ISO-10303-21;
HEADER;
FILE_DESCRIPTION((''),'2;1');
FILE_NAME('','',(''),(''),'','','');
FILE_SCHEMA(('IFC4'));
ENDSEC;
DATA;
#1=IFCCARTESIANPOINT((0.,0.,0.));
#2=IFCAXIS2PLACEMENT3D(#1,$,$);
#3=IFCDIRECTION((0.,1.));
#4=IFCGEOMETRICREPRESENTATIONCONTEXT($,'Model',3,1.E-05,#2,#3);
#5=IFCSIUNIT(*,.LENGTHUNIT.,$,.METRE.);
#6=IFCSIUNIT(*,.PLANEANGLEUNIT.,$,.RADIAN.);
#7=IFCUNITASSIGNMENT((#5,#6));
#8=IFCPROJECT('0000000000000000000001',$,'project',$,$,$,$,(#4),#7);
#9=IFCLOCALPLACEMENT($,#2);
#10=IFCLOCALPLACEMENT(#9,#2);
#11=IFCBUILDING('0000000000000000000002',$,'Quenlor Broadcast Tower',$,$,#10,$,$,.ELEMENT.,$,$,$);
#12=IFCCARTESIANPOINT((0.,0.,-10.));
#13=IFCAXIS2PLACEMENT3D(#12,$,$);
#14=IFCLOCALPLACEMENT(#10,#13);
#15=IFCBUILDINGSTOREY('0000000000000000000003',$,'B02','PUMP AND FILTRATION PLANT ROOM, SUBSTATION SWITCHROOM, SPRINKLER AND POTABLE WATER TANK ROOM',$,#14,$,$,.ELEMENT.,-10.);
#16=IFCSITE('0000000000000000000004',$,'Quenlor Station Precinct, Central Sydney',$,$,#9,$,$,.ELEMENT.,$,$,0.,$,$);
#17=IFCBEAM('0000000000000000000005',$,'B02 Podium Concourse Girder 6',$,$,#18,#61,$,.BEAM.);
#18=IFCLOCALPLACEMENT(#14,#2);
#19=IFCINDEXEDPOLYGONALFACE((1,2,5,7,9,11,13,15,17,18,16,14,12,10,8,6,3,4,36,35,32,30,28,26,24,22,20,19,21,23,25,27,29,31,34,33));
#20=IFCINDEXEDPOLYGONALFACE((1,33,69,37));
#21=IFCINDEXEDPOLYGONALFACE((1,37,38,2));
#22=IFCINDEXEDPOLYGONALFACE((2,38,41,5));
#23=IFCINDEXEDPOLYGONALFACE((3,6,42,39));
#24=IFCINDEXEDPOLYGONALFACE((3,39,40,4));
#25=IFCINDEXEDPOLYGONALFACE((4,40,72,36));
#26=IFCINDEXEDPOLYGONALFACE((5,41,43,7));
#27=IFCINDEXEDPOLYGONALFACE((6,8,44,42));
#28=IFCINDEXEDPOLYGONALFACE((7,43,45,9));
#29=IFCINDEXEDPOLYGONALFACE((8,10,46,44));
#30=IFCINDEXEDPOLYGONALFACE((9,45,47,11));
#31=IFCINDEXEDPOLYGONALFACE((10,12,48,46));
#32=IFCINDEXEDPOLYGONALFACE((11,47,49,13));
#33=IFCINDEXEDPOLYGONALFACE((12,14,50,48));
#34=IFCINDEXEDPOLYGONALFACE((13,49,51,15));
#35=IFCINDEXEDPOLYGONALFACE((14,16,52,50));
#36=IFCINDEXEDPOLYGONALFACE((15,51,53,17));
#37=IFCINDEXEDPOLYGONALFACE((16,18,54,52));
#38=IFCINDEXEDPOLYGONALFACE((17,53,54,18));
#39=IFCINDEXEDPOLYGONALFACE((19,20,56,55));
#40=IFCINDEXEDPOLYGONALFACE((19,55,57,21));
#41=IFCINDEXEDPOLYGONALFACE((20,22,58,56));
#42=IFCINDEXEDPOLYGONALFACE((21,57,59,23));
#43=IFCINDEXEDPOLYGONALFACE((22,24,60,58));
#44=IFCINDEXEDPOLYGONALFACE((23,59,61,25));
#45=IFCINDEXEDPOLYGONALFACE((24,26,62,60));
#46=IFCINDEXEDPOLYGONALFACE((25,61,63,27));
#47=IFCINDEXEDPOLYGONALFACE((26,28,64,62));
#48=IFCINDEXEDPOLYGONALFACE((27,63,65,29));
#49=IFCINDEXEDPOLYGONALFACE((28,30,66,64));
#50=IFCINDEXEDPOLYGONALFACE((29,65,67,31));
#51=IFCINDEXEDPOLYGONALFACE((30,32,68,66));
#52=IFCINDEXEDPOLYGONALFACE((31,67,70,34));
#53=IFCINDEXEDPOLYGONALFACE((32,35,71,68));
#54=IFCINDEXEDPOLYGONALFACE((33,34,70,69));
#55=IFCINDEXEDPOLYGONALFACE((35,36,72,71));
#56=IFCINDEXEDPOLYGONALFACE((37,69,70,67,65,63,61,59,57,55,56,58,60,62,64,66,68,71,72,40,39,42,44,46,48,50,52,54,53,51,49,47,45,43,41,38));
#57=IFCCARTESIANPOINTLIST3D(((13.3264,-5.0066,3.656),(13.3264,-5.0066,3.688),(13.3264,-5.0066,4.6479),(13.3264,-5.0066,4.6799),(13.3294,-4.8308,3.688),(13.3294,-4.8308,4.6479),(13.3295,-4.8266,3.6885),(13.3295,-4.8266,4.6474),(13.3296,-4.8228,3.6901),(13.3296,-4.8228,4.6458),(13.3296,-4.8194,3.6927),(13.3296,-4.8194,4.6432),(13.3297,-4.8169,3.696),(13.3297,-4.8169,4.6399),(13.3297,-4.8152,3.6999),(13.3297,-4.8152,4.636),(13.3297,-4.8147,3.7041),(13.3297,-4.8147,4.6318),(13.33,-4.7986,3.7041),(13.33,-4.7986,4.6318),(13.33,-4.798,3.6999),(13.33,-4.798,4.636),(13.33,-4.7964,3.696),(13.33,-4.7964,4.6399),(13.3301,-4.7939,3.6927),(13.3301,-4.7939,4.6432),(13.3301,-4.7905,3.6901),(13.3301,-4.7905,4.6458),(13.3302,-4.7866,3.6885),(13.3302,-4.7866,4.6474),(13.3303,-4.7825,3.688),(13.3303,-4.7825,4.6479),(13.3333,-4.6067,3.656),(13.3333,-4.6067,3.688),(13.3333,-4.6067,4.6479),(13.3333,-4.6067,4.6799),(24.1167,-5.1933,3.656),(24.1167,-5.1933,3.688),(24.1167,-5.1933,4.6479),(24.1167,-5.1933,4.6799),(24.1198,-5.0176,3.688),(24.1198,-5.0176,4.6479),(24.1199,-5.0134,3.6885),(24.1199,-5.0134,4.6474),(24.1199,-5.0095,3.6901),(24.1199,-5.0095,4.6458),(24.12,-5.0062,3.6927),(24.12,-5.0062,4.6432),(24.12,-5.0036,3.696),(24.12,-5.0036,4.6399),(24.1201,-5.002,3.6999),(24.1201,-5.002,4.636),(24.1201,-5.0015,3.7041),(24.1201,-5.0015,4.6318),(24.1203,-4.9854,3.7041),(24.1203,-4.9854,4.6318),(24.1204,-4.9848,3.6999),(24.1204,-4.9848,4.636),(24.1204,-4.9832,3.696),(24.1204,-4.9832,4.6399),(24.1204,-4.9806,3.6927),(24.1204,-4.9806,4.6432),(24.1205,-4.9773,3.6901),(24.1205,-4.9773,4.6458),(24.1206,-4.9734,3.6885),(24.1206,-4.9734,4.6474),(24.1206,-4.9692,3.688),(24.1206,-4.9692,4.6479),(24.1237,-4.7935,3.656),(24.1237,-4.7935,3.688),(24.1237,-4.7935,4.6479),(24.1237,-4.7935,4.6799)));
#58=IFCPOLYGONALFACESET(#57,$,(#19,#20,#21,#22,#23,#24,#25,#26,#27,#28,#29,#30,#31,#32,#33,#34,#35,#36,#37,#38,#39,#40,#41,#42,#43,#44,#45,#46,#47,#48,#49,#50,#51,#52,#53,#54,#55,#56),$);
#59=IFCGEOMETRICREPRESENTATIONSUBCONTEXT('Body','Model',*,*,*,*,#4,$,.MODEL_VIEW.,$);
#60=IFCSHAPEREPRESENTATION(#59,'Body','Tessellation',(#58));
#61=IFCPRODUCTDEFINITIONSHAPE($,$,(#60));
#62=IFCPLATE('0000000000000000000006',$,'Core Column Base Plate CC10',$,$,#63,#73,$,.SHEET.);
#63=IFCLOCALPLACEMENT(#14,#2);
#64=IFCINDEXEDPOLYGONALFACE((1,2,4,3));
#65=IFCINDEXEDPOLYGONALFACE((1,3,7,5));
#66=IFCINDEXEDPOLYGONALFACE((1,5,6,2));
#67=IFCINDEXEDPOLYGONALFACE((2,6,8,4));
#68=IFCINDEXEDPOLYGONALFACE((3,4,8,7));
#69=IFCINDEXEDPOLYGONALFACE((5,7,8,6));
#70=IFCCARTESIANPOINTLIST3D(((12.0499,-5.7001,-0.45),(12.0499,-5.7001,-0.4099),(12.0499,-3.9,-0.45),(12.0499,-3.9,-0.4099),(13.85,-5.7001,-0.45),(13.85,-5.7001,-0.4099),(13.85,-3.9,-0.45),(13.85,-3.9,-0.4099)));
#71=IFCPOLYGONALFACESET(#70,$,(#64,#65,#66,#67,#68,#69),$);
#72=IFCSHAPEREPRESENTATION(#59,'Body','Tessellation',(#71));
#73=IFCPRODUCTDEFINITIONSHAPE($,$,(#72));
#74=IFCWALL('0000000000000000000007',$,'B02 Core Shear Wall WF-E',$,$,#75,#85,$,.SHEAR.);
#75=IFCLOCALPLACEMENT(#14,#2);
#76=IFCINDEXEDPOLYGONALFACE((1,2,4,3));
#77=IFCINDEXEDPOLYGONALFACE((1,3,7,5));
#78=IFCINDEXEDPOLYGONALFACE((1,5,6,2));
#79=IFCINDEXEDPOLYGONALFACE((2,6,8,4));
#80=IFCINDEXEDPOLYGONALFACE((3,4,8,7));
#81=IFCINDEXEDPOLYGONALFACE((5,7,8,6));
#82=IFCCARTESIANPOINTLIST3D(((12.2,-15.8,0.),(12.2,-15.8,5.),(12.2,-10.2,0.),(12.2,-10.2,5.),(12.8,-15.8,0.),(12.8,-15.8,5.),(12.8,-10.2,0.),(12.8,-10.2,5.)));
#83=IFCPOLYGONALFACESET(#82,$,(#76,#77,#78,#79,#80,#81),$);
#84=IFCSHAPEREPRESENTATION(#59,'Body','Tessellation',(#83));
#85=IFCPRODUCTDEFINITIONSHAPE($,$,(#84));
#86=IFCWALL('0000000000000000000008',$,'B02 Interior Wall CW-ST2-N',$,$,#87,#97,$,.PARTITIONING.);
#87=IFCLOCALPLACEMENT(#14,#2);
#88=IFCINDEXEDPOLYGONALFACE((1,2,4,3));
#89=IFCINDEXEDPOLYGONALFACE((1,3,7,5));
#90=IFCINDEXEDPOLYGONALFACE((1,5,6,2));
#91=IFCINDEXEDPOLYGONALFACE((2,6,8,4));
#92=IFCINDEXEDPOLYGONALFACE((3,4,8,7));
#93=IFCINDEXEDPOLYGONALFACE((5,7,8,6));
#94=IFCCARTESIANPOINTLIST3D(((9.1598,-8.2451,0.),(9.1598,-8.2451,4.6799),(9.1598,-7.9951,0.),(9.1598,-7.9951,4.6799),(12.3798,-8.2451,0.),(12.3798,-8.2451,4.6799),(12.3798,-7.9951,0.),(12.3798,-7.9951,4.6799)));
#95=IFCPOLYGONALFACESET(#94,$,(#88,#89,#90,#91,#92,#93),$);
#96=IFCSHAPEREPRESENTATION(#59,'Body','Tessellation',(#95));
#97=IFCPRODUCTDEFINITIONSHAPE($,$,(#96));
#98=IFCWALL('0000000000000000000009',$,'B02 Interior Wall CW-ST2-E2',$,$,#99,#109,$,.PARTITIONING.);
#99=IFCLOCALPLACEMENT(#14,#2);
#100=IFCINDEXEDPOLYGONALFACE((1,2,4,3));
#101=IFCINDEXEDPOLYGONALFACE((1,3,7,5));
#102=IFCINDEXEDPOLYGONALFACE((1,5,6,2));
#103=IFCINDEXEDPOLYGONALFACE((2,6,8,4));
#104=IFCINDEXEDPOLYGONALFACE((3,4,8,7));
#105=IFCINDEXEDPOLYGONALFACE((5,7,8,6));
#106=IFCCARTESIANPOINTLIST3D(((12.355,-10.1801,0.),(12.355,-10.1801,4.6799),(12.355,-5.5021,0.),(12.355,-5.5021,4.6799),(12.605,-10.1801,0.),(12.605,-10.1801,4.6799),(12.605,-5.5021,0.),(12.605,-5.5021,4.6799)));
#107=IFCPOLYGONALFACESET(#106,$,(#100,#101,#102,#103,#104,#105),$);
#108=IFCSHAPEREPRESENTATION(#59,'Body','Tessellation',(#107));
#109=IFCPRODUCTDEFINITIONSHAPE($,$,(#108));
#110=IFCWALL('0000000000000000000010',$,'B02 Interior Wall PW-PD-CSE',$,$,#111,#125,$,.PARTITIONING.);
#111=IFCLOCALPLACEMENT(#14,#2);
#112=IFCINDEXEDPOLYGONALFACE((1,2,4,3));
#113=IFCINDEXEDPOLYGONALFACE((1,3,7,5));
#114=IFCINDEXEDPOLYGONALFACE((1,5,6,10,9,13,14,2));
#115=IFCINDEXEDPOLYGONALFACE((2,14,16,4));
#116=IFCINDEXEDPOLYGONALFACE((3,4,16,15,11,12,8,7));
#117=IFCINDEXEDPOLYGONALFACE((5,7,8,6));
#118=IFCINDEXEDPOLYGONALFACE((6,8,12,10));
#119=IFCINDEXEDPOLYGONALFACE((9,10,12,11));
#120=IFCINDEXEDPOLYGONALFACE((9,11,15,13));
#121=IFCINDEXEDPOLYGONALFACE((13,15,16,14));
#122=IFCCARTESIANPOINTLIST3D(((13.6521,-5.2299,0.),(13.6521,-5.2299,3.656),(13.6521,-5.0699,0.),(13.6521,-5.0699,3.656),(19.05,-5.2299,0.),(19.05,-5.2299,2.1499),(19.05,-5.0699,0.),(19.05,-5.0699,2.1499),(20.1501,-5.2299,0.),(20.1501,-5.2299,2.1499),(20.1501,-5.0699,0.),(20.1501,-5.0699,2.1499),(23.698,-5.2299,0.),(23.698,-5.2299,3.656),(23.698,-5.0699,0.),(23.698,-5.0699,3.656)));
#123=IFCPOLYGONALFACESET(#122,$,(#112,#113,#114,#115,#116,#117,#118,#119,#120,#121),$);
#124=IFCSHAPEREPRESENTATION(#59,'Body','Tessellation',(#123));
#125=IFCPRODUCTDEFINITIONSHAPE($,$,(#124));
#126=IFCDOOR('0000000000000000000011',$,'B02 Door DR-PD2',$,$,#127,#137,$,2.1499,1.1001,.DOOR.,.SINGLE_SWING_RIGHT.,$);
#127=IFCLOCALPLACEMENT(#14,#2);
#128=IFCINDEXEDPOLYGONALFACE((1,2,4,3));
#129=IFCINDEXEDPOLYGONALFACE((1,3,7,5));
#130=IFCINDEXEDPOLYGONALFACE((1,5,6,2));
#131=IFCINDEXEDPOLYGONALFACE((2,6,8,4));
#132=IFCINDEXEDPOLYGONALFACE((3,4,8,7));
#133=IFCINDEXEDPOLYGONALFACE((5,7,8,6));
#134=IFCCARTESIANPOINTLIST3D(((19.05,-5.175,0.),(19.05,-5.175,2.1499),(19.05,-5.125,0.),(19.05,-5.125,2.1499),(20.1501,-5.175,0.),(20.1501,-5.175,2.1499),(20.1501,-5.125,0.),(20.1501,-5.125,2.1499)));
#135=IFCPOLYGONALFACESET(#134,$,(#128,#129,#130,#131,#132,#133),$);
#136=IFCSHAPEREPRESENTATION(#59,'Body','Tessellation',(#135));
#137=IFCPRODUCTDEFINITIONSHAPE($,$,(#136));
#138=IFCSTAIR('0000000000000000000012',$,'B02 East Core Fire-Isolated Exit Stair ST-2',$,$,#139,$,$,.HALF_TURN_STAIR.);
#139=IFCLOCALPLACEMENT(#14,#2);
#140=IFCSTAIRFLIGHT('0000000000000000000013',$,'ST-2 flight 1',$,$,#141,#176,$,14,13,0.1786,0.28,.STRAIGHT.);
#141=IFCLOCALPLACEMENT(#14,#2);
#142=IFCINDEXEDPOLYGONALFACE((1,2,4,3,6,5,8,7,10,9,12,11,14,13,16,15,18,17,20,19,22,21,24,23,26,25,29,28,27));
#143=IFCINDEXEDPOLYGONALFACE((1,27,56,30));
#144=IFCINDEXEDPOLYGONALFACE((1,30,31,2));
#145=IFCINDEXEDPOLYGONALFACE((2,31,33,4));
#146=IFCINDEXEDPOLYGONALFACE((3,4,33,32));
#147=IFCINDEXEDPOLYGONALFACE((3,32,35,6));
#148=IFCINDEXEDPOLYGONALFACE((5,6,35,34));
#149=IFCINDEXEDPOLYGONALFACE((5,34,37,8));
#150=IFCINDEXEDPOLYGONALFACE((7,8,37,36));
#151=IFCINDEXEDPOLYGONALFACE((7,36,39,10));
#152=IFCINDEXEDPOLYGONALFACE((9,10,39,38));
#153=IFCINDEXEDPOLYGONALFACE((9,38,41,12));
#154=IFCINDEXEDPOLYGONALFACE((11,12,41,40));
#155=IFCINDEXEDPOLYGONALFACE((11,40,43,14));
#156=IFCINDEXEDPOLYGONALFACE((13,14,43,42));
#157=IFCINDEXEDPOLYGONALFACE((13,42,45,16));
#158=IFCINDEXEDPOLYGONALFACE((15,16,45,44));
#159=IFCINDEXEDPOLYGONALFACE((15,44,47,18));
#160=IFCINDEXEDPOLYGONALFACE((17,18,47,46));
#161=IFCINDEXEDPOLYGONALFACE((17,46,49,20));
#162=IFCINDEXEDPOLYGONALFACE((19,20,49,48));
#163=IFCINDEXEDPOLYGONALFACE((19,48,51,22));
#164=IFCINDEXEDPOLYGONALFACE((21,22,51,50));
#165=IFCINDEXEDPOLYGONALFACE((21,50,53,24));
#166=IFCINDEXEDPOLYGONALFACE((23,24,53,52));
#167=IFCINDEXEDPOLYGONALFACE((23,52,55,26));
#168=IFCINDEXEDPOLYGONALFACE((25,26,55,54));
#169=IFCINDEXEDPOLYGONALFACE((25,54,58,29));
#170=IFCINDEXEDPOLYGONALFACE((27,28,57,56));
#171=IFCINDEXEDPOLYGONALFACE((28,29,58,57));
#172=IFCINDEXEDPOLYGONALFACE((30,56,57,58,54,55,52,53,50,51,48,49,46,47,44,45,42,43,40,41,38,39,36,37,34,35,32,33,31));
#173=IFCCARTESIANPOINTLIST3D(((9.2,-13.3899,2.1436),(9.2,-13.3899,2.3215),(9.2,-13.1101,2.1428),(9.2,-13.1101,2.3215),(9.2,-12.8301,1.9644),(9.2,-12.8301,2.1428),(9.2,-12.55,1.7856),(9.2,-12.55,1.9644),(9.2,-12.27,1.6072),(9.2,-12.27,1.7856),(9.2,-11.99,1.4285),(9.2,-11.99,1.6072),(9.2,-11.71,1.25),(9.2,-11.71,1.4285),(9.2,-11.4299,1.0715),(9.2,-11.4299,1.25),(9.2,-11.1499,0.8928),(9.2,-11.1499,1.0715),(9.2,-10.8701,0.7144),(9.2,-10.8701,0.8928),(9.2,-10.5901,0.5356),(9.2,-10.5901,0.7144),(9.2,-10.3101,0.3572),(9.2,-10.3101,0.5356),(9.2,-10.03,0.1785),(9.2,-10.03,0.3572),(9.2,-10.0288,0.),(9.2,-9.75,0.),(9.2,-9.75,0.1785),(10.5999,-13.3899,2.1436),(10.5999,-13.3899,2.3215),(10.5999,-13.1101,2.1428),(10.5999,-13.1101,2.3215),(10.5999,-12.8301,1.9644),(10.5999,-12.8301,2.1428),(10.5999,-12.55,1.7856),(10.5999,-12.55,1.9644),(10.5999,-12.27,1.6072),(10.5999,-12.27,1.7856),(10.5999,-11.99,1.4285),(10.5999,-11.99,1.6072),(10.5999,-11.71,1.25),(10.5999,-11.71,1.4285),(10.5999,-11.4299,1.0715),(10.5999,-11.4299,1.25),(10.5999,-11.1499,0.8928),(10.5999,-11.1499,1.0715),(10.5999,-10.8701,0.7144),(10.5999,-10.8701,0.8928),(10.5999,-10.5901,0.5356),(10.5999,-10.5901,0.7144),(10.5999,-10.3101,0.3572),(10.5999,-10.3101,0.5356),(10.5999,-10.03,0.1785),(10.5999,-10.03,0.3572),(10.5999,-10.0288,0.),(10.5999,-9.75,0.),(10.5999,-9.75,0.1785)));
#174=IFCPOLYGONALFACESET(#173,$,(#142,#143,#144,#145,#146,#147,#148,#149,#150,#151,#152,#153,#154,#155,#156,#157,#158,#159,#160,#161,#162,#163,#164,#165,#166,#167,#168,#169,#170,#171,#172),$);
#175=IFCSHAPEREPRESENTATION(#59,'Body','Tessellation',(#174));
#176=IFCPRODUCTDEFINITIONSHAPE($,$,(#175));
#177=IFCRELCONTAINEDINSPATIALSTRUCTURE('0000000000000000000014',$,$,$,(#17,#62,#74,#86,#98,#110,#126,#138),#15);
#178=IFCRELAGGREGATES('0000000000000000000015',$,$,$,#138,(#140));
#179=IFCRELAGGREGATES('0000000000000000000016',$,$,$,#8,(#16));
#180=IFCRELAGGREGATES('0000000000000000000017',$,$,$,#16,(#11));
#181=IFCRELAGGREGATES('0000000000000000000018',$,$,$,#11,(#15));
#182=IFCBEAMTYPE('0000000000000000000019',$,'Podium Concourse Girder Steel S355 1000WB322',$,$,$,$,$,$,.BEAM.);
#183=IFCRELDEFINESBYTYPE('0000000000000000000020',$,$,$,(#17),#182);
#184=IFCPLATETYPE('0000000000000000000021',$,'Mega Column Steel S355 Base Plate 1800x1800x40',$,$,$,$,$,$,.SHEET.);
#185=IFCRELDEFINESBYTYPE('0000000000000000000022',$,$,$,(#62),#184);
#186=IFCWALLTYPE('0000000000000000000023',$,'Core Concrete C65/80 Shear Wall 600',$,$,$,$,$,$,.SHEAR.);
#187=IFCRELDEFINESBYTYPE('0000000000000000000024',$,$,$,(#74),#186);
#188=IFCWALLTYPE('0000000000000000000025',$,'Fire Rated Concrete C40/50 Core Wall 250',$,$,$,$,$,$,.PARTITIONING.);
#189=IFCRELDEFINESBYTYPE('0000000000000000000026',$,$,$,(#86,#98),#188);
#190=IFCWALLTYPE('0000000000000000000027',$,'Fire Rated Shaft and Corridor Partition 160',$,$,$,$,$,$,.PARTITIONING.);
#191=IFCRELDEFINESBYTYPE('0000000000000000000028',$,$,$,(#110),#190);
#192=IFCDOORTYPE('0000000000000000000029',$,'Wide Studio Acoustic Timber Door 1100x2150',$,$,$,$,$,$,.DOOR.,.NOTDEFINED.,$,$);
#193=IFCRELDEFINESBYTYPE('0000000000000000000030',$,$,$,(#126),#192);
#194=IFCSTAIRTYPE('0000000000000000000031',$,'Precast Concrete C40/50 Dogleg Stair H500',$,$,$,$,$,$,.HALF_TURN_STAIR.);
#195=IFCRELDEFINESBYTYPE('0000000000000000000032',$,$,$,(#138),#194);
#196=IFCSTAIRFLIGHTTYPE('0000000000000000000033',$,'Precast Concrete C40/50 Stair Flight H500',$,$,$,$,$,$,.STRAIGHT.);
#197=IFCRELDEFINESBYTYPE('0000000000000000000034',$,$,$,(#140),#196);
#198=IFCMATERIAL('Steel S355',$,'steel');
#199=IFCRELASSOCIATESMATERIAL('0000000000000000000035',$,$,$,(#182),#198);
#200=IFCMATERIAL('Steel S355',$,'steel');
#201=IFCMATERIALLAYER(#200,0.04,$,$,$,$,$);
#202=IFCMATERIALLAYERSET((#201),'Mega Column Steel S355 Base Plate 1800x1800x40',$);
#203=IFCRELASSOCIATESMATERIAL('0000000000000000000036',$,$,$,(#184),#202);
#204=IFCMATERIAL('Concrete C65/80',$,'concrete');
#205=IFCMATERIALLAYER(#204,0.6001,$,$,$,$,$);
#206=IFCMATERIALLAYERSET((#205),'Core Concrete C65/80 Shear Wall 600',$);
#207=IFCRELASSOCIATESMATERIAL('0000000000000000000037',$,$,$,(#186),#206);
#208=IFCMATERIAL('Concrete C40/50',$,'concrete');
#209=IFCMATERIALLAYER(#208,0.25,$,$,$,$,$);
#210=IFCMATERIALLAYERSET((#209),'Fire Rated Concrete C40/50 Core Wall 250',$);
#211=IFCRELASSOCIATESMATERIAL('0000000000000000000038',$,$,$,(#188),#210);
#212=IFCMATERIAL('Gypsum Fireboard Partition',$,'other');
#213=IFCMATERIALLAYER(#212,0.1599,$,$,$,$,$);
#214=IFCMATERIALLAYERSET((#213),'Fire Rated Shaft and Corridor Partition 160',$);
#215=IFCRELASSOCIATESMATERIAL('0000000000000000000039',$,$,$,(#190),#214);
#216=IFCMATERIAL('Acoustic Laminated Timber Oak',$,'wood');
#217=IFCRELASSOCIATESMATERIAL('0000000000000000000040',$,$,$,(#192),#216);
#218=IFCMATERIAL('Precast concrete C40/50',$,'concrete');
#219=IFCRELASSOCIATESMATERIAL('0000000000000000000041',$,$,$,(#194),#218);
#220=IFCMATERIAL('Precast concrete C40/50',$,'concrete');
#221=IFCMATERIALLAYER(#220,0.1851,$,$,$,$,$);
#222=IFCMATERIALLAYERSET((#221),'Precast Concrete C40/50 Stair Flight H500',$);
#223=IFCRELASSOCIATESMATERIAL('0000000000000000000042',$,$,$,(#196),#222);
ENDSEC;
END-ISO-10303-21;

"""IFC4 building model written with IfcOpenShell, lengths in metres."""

from ifc_helpers import new_model, si_unit, direction, frame, frame_2d, origin, origin_2d, place, context, subcontext, project, spatial, polyline, rectangle, i_section, outline, extrude, material, layer, layer_set, material_profile, profile_set, type_object, element, fill, aggregate, save


model = new_model("IFC4")

# Units and contexts
model_context = context("Model", 3, precision=1e-05, world=origin(), true_north=direction((0.0, 1.0)))
body_context = subcontext(model_context, "Body", "Model", "MODEL_VIEW")
ifc_project = project(units=[si_unit("LENGTHUNIT", "METRE"), si_unit("PLANEANGLEUNIT", "RADIAN")], contexts=[model_context])

# Site, building, storey
site_placement = place(None, origin())
site = spatial("IfcSite", under=ifc_project, at=site_placement, Name="Quenlor Station Precinct, Central Sydney", CompositionType="ELEMENT", RefElevation=0.0)
building_placement = place(site_placement, origin())
building = spatial("IfcBuilding", under=site, at=building_placement, Name="Quenlor Broadcast Tower", CompositionType="ELEMENT")
storey_placement = place(building_placement, frame((0.0, 0.0, -10.0)))
storey = spatial("IfcBuildingStorey", under=building, at=storey_placement, Name="B02", Description="PUMP AND FILTRATION PLANT ROOM, SUBSTATION SWITCHROOM, SPRINKLER AND POTABLE WATER TANK ROOM", CompositionType="ELEMENT", Elevation=-10.0)

# Beam
ifc_material_1 = material(Name="Steel S355", Category="steel")
ifc_material_profile_1 = material_profile(ifc_material_1, i_section(OverallWidth=0.3999, OverallDepth=1.0239, WebThickness=0.0161, FlangeThickness=0.032, FilletRadius=0.0161, at=origin_2d()))
ifc_profile_set_1 = profile_set([ifc_material_profile_1], Name="Steel S355 1000WB322")
beam_type = type_object("IfcBeamType", Name="Podium Concourse Girder Steel S355 1000WB322", PredefinedType="BEAM", material=ifc_profile_set_1)
beam_1_placement = place(storey_placement, frame((13.3298, -4.8066, 4.168), z_axis=(0.99985, -0.017306, 0.0), x_axis=(0.017306, 0.99985, 0.0)))
element("IfcBeam", 1, at=beam_1_placement, inside=storey, type_object=beam_type, Name="B02 Podium Concourse Girder 6", PredefinedType="BEAM", context=body_context, shape_type="SweptSolid", body=[
    extrude(i_section(OverallWidth=0.3999, OverallDepth=1.0239, WebThickness=0.0161, FlangeThickness=0.032, FilletRadius=0.0161, at=origin_2d()), origin(), (0.0, 0.0, 1.0), 10.792),
])

# Plate
ifc_material_2 = material(Name="Steel S355", Category="steel")
ifc_layer_1 = layer(ifc_material_2, 0.04)
ifc_layer_set_1 = layer_set([ifc_layer_1], Name="Mega Column Steel S355 Base Plate 1800x1800x40")
plate_type = type_object("IfcPlateType", Name="Mega Column Steel S355 Base Plate 1800x1800x40", PredefinedType="SHEET", material=ifc_layer_set_1)
plate_placement = place(storey_placement, frame((12.95, -4.8, -0.45), z_axis=(0.0, 0.0, 1.0), x_axis=(1.0, 0.0, 0.0)))
element("IfcPlate", 2, at=plate_placement, inside=storey, type_object=plate_type, Name="Core Column Base Plate CC10", PredefinedType="SHEET", context=body_context, shape_type="SweptSolid", body=[
    extrude(rectangle(XDim=1.8, YDim=1.8, at=origin_2d()), origin(), (0.0, 0.0, 1.0), 0.04),
])

# Wall
ifc_material_3 = material(Name="Concrete C65/80", Category="concrete")
ifc_layer_2 = layer(ifc_material_3, 0.6001)
ifc_layer_set_2 = layer_set([ifc_layer_2], Name="Core Concrete C65/80 Shear Wall 600")
wall_type_1 = type_object("IfcWallType", Name="Core Concrete C65/80 Shear Wall 600", PredefinedType="SHEAR", material=ifc_layer_set_2)
wall_1_placement = place(storey_placement, frame((12.5, -15.8, 0.0), z_axis=(0.0, 0.0, 1.0), x_axis=(0.0, 1.0, 0.0)))
element("IfcWall", 3, at=wall_1_placement, inside=storey, type_object=wall_type_1, Name="B02 Core Shear Wall WF-E", PredefinedType="SHEAR", context=body_context, shape_type="SweptSolid", body=[
    extrude(rectangle(XDim=5.6001, YDim=0.6001, at=frame_2d((2.8, 0.0))), origin(), (0.0, 0.0, 1.0), 5.0),
])

# Shared definitions
ifc_material_4 = material(Name="Concrete C40/50", Category="concrete")
ifc_layer_3 = layer(ifc_material_4, 0.25)
ifc_layer_set_3 = layer_set([ifc_layer_3], Name="Fire Rated Concrete C40/50 Core Wall 250")
wall_type_2 = type_object("IfcWallType", Name="Fire Rated Concrete C40/50 Core Wall 250", PredefinedType="PARTITIONING", material=ifc_layer_set_3)

# Walls
wall_2_placement = place(storey_placement, frame((9.1599, -8.1201, 0.0), z_axis=(0.0, 0.0, 1.0), x_axis=(1.0, 0.0, 0.0)))
element("IfcWall", 4, at=wall_2_placement, inside=storey, type_object=wall_type_2, Name="B02 Interior Wall CW-ST2-N", PredefinedType="PARTITIONING", context=body_context, shape_type="SweptSolid", body=[
    extrude(rectangle(XDim=3.22, YDim=0.25, at=frame_2d((1.6099, 0.0))), origin(), (0.0, 0.0, 1.0), 4.6799),
])
wall_3_placement = place(storey_placement, frame((12.48, -10.1799, 0.0), z_axis=(0.0, 0.0, 1.0), x_axis=(0.0, 1.0, 0.0)))
element("IfcWall", 5, at=wall_3_placement, inside=storey, type_object=wall_type_2, Name="B02 Interior Wall CW-ST2-E2", PredefinedType="PARTITIONING", context=body_context, shape_type="SweptSolid", body=[
    extrude(rectangle(XDim=4.678, YDim=0.25, at=frame_2d((2.3389, 0.0))), origin(), (0.0, 0.0, 1.0), 4.6799),
])

# Wall, opening, door
ifc_material_5 = material(Name="Gypsum Fireboard Partition", Category="other")
ifc_layer_4 = layer(ifc_material_5, 0.1599)
ifc_layer_set_4 = layer_set([ifc_layer_4], Name="Fire Rated Shaft and Corridor Partition 160")
wall_type_3 = type_object("IfcWallType", Name="Fire Rated Shaft and Corridor Partition 160", PredefinedType="PARTITIONING", material=ifc_layer_set_4)
wall_4_placement = place(storey_placement, frame((13.6521, -5.1499, 0.0), z_axis=(0.0, 0.0, 1.0), x_axis=(1.0, 0.0, 0.0)))
wall_4 = element("IfcWall", 6, at=wall_4_placement, inside=storey, type_object=wall_type_3, Name="B02 Interior Wall PW-PD-CSE", PredefinedType="PARTITIONING", context=body_context, shape_type="SweptSolid", body=[
    extrude(rectangle(XDim=10.0459, YDim=0.1599, at=frame_2d((5.0229, 0.0))), origin(), (0.0, 0.0, 1.0), 3.656),
])
opening_1_placement = place(wall_4_placement, frame((5.3979, 0.0, 0.0)))
opening_1 = element("IfcOpeningElement", 7, at=opening_1_placement, cuts=wall_4, PredefinedType="OPENING", context=body_context, shape_type="SweptSolid", body=[
    extrude(rectangle(XDim=1.1001, YDim=2.1499, at=frame_2d((0.55, 1.075))), frame((0.0, 0.0898, 0.0), z_axis=(0.0, -1.0, 0.0), x_axis=(1.0, 0.0, 0.0)), (0.0, 0.0, 1.0), 0.1799),
])
ifc_material_6 = material(Name="Acoustic Laminated Timber Oak", Category="wood")
door_type_1 = type_object("IfcDoorType", Name="Wide Studio Acoustic Timber Door 1100x2150", OperationType="NOTDEFINED", PredefinedType="DOOR", material=ifc_material_6)
door_1_placement = place(opening_1_placement, origin())
door_1 = element("IfcDoor", 8, at=door_1_placement, inside=storey, type_object=door_type_1, Name="B02 Door DR-PD2", OperationType="SINGLE_SWING_RIGHT", OverallHeight=2.1499, OverallWidth=1.1001, PredefinedType="DOOR", context=body_context, shape_type="SweptSolid", body=[
    extrude(rectangle(XDim=1.1001, YDim=2.1499, at=frame_2d((0.55, 1.075))), frame((0.0, 0.0249, 0.0), z_axis=(0.0, -1.0, 0.0), x_axis=(1.0, 0.0, 0.0)), (0.0, 0.0, 1.0), 0.05),
])
fill(opening_1, door_1)

# Stair, stair flight
ifc_material_7 = material(Name="Precast concrete C40/50", Category="concrete")
stair_type = type_object("IfcStairType", Name="Precast Concrete C40/50 Dogleg Stair H500", PredefinedType="HALF_TURN_STAIR", material=ifc_material_7)
stair_placement = place(storey_placement, origin())
stair = element("IfcStair", 9, at=stair_placement, inside=storey, type_object=stair_type, Name="B02 East Core Fire-Isolated Exit Stair ST-2", PredefinedType="HALF_TURN_STAIR")
ifc_material_8 = material(Name="Precast concrete C40/50", Category="concrete")
ifc_layer_5 = layer(ifc_material_8, 0.1851)
ifc_layer_set_5 = layer_set([ifc_layer_5], Name="Precast Concrete C40/50 Stair Flight H500")
stair_flight_type = type_object("IfcStairFlightType", Name="Precast Concrete C40/50 Stair Flight H500", PredefinedType="STRAIGHT", material=ifc_layer_set_5)
stair_flight_1_placement = place(storey_placement, frame((9.8999, -9.75, 0.0), z_axis=(0.0, 0.0, 1.0), x_axis=(0.0, -1.0, 0.0)))
stair_flight_1 = element("IfcStairFlight", 10, at=stair_flight_1_placement, type_object=stair_flight_type, Name="ST-2 flight 1", NumberOfRisers=14, NumberOfTreads=13, PredefinedType="STRAIGHT", RiserHeight=0.1786, TreadLength=0.28, context=body_context, shape_type="SweptSolid", body=[
    extrude(outline(polyline([(0.0, 0.0), (0.0, 0.1785), (0.28, 0.1785), (0.28, 0.3572), (0.5601, 0.3572), (0.5601, 0.5356), (0.8401, 0.5356), (0.8401, 0.7144), (1.1201, 0.7144), (1.1201, 0.8928), (1.3999, 0.8928), (1.3999, 1.0715), (1.6799, 1.0715), (1.6799, 1.25), (1.96, 1.25), (1.96, 1.4285), (2.24, 1.4285), (2.24, 1.6072), (2.52, 1.6072), (2.52, 1.7856), (2.8, 1.7856), (2.8, 1.9644), (3.0801, 1.9644), (3.0801, 2.1428), (3.3601, 2.1428), (3.3601, 2.3215), (3.6399, 2.3215), (3.6399, 2.5), (3.6399, 2.1436), (0.2788, 0.0), (0.0, 0.0)])), frame((0.0, 0.7, 0.0), z_axis=(0.0, -1.0, 0.0), x_axis=(1.0, 0.0, 0.0)), (0.0, 0.0, 1.0), 1.3999),
])
aggregate(stair, [stair_flight_1])

save(model, "model.ifc")
